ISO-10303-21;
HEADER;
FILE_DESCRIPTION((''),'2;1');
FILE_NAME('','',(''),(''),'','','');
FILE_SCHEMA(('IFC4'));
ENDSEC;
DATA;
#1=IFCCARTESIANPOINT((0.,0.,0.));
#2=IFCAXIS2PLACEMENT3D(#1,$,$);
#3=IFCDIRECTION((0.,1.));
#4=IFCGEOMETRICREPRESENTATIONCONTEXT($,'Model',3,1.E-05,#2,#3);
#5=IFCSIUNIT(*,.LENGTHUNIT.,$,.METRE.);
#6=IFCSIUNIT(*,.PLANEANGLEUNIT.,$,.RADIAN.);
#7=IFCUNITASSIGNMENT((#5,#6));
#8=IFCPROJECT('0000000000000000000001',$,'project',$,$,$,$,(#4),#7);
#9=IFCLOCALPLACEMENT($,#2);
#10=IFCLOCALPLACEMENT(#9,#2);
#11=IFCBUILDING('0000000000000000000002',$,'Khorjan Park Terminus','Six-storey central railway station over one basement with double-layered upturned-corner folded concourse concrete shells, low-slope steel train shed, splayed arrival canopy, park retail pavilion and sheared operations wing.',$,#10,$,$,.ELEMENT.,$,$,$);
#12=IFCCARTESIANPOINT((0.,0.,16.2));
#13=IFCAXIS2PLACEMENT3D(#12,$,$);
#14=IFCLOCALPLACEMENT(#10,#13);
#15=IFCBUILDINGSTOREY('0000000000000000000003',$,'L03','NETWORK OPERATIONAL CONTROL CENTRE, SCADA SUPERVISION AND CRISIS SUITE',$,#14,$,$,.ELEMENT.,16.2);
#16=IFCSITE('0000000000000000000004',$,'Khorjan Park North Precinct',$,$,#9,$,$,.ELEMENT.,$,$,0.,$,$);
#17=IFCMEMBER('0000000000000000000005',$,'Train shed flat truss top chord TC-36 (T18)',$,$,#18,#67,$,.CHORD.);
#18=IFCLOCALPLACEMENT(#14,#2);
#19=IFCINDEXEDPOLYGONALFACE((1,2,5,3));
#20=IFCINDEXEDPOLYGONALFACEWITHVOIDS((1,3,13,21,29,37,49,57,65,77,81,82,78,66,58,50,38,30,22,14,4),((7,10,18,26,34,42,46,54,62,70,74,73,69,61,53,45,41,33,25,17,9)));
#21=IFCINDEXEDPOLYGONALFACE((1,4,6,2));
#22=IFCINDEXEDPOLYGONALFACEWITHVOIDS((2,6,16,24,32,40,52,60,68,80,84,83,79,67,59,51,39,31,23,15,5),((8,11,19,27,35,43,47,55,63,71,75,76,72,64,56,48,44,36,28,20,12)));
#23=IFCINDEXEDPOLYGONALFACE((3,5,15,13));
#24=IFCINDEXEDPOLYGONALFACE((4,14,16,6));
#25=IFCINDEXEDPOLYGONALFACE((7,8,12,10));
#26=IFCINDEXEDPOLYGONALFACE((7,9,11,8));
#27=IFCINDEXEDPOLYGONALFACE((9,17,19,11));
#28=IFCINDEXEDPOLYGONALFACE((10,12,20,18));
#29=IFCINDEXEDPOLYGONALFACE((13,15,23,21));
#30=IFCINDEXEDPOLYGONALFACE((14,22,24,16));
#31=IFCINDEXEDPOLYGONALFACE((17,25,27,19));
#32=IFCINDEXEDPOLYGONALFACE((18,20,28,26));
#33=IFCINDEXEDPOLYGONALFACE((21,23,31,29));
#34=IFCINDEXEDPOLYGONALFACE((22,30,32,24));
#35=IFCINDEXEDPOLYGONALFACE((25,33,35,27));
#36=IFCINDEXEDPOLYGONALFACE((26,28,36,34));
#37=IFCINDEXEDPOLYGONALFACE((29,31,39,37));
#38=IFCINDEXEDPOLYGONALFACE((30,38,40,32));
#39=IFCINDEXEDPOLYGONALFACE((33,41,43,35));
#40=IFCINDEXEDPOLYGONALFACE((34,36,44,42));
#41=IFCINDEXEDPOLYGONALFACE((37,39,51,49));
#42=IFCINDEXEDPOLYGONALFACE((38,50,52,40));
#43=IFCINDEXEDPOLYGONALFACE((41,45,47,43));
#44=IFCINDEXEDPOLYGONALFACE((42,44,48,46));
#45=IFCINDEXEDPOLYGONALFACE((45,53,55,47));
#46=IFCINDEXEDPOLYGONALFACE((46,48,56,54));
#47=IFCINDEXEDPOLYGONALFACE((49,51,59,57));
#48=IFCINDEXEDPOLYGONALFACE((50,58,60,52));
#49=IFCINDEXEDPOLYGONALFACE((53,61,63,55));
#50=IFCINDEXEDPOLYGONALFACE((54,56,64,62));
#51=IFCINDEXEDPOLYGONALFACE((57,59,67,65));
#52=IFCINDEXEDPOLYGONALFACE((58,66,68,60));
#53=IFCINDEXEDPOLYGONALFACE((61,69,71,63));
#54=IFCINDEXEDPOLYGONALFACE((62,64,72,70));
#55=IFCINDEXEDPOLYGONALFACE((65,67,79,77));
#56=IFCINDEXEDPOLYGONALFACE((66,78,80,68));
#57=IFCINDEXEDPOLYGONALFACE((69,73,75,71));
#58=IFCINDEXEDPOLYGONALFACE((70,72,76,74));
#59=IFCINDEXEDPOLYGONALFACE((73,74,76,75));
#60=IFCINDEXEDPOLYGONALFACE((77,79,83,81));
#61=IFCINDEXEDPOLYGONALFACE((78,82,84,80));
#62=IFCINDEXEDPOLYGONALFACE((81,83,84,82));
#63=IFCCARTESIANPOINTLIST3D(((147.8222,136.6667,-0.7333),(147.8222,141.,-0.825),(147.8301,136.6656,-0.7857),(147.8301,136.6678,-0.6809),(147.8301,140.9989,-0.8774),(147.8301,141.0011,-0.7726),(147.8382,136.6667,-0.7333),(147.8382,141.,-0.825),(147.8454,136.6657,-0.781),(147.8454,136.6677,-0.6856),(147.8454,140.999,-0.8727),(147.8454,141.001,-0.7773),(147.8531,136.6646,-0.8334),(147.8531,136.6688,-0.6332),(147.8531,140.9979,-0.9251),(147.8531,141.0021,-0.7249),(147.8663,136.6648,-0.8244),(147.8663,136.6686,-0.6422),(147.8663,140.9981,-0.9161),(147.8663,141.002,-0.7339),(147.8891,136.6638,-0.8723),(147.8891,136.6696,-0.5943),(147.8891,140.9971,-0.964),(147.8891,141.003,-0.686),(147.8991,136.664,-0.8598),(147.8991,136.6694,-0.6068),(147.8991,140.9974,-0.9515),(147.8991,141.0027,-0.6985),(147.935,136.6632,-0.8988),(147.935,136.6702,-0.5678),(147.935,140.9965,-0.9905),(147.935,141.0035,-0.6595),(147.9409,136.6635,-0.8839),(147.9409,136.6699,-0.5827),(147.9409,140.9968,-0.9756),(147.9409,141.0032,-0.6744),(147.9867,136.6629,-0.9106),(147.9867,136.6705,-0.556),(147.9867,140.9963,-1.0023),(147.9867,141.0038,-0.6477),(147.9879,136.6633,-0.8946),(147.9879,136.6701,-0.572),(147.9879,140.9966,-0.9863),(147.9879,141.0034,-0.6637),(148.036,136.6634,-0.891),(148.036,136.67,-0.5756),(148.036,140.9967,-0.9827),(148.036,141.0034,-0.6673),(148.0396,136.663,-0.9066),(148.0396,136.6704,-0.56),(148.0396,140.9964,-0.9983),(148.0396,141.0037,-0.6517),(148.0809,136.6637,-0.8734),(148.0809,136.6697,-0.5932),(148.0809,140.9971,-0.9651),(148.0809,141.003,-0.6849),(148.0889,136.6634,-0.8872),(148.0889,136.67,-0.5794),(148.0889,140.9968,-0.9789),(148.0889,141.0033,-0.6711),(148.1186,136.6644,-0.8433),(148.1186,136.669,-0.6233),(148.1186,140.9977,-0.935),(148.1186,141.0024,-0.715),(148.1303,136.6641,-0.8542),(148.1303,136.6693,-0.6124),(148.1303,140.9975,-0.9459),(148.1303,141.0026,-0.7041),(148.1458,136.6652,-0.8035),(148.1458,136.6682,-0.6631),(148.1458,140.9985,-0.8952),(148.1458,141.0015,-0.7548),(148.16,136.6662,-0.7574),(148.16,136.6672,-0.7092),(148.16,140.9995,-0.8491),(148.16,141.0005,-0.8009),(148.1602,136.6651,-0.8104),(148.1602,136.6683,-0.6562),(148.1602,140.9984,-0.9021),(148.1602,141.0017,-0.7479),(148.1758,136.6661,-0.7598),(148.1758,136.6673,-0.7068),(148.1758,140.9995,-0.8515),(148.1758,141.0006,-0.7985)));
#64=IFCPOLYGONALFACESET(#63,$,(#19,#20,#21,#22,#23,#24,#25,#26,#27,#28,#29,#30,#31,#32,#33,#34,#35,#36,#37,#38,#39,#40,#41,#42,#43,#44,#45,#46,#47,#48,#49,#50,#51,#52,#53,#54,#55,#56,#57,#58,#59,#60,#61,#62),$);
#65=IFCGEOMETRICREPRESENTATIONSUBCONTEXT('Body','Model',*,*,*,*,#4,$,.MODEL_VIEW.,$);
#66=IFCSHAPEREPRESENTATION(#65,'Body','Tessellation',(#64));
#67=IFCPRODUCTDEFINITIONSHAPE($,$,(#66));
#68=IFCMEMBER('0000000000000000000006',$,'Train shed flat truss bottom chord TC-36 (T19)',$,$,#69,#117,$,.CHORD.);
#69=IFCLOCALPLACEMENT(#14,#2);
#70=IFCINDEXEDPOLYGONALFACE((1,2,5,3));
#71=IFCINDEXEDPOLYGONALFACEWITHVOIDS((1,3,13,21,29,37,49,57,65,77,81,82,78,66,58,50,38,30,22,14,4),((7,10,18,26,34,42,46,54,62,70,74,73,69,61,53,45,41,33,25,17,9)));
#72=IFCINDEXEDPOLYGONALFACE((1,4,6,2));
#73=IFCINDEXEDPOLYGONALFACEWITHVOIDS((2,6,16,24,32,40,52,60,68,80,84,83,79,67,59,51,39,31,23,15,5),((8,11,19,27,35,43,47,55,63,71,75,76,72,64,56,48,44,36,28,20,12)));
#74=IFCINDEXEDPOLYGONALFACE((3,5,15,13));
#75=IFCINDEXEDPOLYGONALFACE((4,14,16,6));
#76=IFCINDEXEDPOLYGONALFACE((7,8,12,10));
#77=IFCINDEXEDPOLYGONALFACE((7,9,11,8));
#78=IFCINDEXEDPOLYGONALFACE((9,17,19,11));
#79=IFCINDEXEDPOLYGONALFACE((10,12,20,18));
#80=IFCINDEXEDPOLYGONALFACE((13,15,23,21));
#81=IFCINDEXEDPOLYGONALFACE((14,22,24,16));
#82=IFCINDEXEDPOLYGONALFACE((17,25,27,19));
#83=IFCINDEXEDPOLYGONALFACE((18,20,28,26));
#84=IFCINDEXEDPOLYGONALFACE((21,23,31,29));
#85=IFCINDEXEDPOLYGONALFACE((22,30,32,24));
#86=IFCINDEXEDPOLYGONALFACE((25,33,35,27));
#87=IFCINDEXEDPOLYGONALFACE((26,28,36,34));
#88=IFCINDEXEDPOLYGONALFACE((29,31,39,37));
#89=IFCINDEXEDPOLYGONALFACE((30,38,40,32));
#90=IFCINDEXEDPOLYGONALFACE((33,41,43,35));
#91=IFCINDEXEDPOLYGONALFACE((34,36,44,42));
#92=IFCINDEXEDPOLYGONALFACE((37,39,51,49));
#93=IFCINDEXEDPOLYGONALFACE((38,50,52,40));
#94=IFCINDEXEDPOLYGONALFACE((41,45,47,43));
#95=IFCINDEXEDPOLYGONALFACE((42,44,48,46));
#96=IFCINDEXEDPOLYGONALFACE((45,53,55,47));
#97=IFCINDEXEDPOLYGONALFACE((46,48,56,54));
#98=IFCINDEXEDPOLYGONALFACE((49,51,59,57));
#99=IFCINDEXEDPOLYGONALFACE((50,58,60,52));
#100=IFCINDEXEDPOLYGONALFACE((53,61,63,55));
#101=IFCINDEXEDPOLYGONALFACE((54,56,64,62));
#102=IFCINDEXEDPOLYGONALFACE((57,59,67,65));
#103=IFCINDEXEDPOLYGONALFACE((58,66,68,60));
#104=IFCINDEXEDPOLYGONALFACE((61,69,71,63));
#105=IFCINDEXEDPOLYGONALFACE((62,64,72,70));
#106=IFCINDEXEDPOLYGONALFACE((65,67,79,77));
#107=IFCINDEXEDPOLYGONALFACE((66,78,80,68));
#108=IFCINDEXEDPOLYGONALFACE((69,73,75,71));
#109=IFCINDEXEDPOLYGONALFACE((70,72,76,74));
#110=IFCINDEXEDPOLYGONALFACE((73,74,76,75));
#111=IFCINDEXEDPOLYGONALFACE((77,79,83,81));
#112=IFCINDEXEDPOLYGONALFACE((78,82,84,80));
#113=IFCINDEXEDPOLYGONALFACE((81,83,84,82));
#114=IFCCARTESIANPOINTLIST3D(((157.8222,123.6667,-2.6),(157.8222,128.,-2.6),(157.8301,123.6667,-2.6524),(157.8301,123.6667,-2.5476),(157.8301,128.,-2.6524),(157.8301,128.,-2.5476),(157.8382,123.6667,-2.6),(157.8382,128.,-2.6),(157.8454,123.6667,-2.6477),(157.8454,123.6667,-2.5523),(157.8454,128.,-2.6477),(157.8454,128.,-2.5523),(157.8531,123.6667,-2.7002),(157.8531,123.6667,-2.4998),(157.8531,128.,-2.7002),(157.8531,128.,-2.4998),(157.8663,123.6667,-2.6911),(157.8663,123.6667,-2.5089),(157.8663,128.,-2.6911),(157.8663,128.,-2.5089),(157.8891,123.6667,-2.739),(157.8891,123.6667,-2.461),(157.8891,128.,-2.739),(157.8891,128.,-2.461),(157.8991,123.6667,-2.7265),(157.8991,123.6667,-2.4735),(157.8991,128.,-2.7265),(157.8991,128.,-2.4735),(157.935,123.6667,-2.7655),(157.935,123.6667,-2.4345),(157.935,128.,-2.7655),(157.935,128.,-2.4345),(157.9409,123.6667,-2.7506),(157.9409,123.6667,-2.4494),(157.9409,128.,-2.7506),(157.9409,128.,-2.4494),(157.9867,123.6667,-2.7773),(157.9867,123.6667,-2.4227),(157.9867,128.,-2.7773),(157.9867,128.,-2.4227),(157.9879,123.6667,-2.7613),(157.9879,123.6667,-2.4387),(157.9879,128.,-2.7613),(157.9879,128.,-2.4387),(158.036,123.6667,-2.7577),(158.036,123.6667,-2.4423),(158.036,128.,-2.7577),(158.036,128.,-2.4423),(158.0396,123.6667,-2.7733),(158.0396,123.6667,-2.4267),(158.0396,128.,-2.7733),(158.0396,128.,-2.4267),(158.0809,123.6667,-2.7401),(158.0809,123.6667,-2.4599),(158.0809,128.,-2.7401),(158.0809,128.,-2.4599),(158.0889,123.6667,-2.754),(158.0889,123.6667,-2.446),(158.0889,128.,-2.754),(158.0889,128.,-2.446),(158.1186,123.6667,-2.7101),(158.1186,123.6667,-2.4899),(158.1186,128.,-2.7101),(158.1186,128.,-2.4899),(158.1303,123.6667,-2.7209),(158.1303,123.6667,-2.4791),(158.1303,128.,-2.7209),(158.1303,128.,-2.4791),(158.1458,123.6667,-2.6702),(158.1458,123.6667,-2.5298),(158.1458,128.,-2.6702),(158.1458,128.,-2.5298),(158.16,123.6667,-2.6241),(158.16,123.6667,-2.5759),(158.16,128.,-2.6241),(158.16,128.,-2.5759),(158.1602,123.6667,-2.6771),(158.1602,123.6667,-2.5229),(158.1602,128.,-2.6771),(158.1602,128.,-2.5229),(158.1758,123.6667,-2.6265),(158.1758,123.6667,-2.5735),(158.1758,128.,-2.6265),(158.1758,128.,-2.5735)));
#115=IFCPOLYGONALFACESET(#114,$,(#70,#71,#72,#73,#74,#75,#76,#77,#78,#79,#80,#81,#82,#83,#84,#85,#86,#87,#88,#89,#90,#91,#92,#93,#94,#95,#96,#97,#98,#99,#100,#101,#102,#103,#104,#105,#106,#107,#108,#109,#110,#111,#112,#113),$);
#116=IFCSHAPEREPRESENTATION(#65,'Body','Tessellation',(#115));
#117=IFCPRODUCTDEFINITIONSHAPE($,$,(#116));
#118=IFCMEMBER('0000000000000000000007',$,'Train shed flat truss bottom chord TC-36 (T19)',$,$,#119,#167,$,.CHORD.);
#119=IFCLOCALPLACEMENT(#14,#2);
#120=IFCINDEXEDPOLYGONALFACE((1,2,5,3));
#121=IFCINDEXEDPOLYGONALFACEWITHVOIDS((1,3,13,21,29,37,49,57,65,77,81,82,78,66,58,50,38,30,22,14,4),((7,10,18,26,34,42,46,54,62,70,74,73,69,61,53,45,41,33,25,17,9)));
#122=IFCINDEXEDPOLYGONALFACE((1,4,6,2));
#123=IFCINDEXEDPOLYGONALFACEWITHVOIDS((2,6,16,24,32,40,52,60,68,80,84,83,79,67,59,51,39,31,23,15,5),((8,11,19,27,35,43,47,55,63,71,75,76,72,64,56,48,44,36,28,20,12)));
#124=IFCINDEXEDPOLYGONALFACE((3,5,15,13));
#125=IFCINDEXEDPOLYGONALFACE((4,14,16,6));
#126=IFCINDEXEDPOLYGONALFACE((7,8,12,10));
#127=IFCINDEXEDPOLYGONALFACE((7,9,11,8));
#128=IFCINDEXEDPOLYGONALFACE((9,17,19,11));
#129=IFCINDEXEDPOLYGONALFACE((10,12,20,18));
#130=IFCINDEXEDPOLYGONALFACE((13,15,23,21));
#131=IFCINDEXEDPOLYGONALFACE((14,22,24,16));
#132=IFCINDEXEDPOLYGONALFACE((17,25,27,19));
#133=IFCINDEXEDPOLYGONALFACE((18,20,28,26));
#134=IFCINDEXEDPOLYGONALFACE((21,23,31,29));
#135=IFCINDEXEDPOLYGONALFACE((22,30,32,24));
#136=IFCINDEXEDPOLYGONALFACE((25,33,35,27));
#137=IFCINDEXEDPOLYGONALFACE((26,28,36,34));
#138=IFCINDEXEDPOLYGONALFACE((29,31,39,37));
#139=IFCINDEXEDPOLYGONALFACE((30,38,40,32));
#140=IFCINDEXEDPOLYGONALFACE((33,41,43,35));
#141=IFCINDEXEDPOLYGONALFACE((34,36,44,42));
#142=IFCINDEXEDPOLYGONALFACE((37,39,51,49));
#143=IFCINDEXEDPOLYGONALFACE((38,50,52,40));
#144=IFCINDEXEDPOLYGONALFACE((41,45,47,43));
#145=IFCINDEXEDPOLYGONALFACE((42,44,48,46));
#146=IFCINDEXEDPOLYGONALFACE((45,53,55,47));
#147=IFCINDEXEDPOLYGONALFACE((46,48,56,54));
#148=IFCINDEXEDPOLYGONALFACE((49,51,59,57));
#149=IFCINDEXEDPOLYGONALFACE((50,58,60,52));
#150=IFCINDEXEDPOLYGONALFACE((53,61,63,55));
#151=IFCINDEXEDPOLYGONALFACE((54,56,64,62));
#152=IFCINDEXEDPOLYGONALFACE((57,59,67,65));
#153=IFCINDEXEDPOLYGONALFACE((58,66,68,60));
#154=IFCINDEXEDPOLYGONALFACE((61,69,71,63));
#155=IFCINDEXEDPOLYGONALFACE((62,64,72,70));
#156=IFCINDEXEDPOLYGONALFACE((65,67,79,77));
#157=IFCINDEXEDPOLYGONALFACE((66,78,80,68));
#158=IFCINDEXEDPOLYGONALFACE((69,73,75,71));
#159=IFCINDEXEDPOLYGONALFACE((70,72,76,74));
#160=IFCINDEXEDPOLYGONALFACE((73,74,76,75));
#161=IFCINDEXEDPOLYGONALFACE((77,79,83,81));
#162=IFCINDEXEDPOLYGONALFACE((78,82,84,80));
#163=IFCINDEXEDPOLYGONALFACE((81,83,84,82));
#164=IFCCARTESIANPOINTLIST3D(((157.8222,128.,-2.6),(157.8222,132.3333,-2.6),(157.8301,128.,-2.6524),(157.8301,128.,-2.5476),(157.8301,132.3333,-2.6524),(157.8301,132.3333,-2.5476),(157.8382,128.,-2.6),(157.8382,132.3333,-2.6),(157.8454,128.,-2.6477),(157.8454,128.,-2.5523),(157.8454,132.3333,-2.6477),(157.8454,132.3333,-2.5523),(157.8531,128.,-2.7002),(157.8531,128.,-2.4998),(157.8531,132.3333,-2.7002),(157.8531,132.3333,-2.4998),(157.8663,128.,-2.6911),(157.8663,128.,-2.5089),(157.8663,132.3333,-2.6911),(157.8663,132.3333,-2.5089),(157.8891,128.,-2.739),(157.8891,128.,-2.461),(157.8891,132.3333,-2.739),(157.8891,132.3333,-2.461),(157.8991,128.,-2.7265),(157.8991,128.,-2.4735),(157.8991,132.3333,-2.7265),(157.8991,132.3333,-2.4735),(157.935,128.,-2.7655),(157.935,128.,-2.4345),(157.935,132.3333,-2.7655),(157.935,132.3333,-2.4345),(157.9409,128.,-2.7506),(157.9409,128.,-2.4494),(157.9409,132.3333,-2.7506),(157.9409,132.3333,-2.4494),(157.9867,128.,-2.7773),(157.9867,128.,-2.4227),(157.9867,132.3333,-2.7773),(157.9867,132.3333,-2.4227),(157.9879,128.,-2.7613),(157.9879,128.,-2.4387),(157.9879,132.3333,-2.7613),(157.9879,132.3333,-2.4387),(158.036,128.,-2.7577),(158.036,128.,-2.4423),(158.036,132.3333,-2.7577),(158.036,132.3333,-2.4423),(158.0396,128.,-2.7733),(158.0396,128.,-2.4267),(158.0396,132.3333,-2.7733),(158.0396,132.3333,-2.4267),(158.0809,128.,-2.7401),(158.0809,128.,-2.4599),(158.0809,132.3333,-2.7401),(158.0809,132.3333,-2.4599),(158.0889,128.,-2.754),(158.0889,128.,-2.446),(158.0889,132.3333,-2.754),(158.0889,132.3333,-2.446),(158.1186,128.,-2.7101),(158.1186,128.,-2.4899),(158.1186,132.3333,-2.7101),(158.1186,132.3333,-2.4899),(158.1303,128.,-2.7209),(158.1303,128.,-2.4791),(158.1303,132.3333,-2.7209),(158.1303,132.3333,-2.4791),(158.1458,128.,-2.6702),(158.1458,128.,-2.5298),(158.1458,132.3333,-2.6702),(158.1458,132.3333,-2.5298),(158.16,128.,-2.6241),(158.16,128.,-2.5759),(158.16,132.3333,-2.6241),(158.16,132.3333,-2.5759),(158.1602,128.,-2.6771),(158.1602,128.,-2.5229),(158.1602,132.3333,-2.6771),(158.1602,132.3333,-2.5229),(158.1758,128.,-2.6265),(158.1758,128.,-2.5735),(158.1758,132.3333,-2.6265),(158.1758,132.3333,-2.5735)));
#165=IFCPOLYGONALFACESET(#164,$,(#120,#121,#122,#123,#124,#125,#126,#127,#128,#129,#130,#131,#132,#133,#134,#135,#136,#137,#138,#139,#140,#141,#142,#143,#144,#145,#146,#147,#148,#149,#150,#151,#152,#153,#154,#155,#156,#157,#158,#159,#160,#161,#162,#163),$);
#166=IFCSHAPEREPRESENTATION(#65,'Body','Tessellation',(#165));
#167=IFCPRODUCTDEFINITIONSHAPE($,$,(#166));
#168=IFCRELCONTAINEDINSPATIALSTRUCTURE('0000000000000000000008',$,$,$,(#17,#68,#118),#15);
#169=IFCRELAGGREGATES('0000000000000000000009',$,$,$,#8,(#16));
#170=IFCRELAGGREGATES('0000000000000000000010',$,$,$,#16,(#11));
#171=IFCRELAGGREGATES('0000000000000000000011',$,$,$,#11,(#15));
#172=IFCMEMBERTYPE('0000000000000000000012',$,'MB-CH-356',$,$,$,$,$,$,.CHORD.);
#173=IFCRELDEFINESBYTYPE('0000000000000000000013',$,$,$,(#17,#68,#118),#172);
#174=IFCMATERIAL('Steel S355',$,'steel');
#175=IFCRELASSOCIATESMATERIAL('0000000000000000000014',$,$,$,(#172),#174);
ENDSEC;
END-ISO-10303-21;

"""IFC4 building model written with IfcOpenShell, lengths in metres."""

from ifc_helpers import new_model, si_unit, direction, frame, origin, origin_2d, place, context, subcontext, project, spatial, hollow_circle, extrude, material, material_profile, profile_set, type_object, element, save


model = new_model("IFC4")

# Units and contexts
model_context = context("Model", 3, precision=1e-05, world=origin(), true_north=direction((0.0, 1.0)))
body_context = subcontext(model_context, "Body", "Model", "MODEL_VIEW")
ifc_project = project(units=[si_unit("LENGTHUNIT", "METRE"), si_unit("PLANEANGLEUNIT", "RADIAN")], contexts=[model_context])

# Site, building, storey
site_placement = place(None, origin())
site = spatial("IfcSite", under=ifc_project, at=site_placement, Name="Khorjan Park North Precinct", CompositionType="ELEMENT", RefElevation=0.0)
building_placement = place(site_placement, origin())
building = spatial("IfcBuilding", under=site, at=building_placement, Name="Khorjan Park Terminus", Description="Six-storey central railway station over one basement with double-layered upturned-corner folded concourse concrete shells, low-slope steel train shed, splayed arrival canopy, park retail pavilion and sheared operations wing.", CompositionType="ELEMENT")
storey_placement = place(building_placement, frame((0.0, 0.0, 16.2)))
storey = spatial("IfcBuildingStorey", under=building, at=storey_placement, Name="L03", Description="NETWORK OPERATIONAL CONTROL CENTRE, SCADA SUPERVISION AND CRISIS SUITE", CompositionType="ELEMENT", Elevation=16.2)

# Members
ifc_material = material(Name="Steel S355", Category="steel")
ifc_material_profile_1 = material_profile(ifc_material, hollow_circle(Radius=0.1778, WallThickness=0.016, at=origin_2d()), Name="CHS 355.6x16")
ifc_profile_set_1 = profile_set([ifc_material_profile_1], Name="Steel S355")
member_type_1 = type_object("IfcMemberType", Name="MB-CH-356", PredefinedType="CHORD", material=ifc_profile_set_1)
member_1_placement = place(storey_placement, frame((148.0, 136.6667, -0.7333), z_axis=(0.0, 0.999776, -0.021157), x_axis=(-1.0, 0.0, 0.0)))
element("IfcMember", 1, at=member_1_placement, inside=storey, type_object=member_type_1, Name="Train shed flat truss top chord TC-36 (T18)", PredefinedType="CHORD", context=body_context, shape_type="SweptSolid", body=[
    extrude(hollow_circle(Radius=0.1778, WallThickness=0.016, at=origin_2d()), origin(), (0.0, 0.0, 1.0), 4.3343),
])
for number, where, z_axis, x_axis, name in (
    (2, (158.0, 123.6667, -2.6), (0.0, 1.0, 0.0), (-1.0, 0.0, 0.0), "Train shed flat truss bottom chord TC-36 (T19)"),
    (3, (158.0, 128.0, -2.6), (0.0, 1.0, 0.0), (-1.0, 0.0, 0.0), "Train shed flat truss bottom chord TC-36 (T19)"),
):
    element("IfcMember", number, at=place(storey_placement, frame(where, z_axis=z_axis, x_axis=x_axis)), inside=storey, type_object=member_type_1, Name=name, PredefinedType="CHORD", context=body_context, shape_type="SweptSolid", body=[
        extrude(hollow_circle(Radius=0.1778, WallThickness=0.016, at=origin_2d()), origin(), (0.0, 0.0, 1.0), 4.3333),
    ])

save(model, "model.ifc")
